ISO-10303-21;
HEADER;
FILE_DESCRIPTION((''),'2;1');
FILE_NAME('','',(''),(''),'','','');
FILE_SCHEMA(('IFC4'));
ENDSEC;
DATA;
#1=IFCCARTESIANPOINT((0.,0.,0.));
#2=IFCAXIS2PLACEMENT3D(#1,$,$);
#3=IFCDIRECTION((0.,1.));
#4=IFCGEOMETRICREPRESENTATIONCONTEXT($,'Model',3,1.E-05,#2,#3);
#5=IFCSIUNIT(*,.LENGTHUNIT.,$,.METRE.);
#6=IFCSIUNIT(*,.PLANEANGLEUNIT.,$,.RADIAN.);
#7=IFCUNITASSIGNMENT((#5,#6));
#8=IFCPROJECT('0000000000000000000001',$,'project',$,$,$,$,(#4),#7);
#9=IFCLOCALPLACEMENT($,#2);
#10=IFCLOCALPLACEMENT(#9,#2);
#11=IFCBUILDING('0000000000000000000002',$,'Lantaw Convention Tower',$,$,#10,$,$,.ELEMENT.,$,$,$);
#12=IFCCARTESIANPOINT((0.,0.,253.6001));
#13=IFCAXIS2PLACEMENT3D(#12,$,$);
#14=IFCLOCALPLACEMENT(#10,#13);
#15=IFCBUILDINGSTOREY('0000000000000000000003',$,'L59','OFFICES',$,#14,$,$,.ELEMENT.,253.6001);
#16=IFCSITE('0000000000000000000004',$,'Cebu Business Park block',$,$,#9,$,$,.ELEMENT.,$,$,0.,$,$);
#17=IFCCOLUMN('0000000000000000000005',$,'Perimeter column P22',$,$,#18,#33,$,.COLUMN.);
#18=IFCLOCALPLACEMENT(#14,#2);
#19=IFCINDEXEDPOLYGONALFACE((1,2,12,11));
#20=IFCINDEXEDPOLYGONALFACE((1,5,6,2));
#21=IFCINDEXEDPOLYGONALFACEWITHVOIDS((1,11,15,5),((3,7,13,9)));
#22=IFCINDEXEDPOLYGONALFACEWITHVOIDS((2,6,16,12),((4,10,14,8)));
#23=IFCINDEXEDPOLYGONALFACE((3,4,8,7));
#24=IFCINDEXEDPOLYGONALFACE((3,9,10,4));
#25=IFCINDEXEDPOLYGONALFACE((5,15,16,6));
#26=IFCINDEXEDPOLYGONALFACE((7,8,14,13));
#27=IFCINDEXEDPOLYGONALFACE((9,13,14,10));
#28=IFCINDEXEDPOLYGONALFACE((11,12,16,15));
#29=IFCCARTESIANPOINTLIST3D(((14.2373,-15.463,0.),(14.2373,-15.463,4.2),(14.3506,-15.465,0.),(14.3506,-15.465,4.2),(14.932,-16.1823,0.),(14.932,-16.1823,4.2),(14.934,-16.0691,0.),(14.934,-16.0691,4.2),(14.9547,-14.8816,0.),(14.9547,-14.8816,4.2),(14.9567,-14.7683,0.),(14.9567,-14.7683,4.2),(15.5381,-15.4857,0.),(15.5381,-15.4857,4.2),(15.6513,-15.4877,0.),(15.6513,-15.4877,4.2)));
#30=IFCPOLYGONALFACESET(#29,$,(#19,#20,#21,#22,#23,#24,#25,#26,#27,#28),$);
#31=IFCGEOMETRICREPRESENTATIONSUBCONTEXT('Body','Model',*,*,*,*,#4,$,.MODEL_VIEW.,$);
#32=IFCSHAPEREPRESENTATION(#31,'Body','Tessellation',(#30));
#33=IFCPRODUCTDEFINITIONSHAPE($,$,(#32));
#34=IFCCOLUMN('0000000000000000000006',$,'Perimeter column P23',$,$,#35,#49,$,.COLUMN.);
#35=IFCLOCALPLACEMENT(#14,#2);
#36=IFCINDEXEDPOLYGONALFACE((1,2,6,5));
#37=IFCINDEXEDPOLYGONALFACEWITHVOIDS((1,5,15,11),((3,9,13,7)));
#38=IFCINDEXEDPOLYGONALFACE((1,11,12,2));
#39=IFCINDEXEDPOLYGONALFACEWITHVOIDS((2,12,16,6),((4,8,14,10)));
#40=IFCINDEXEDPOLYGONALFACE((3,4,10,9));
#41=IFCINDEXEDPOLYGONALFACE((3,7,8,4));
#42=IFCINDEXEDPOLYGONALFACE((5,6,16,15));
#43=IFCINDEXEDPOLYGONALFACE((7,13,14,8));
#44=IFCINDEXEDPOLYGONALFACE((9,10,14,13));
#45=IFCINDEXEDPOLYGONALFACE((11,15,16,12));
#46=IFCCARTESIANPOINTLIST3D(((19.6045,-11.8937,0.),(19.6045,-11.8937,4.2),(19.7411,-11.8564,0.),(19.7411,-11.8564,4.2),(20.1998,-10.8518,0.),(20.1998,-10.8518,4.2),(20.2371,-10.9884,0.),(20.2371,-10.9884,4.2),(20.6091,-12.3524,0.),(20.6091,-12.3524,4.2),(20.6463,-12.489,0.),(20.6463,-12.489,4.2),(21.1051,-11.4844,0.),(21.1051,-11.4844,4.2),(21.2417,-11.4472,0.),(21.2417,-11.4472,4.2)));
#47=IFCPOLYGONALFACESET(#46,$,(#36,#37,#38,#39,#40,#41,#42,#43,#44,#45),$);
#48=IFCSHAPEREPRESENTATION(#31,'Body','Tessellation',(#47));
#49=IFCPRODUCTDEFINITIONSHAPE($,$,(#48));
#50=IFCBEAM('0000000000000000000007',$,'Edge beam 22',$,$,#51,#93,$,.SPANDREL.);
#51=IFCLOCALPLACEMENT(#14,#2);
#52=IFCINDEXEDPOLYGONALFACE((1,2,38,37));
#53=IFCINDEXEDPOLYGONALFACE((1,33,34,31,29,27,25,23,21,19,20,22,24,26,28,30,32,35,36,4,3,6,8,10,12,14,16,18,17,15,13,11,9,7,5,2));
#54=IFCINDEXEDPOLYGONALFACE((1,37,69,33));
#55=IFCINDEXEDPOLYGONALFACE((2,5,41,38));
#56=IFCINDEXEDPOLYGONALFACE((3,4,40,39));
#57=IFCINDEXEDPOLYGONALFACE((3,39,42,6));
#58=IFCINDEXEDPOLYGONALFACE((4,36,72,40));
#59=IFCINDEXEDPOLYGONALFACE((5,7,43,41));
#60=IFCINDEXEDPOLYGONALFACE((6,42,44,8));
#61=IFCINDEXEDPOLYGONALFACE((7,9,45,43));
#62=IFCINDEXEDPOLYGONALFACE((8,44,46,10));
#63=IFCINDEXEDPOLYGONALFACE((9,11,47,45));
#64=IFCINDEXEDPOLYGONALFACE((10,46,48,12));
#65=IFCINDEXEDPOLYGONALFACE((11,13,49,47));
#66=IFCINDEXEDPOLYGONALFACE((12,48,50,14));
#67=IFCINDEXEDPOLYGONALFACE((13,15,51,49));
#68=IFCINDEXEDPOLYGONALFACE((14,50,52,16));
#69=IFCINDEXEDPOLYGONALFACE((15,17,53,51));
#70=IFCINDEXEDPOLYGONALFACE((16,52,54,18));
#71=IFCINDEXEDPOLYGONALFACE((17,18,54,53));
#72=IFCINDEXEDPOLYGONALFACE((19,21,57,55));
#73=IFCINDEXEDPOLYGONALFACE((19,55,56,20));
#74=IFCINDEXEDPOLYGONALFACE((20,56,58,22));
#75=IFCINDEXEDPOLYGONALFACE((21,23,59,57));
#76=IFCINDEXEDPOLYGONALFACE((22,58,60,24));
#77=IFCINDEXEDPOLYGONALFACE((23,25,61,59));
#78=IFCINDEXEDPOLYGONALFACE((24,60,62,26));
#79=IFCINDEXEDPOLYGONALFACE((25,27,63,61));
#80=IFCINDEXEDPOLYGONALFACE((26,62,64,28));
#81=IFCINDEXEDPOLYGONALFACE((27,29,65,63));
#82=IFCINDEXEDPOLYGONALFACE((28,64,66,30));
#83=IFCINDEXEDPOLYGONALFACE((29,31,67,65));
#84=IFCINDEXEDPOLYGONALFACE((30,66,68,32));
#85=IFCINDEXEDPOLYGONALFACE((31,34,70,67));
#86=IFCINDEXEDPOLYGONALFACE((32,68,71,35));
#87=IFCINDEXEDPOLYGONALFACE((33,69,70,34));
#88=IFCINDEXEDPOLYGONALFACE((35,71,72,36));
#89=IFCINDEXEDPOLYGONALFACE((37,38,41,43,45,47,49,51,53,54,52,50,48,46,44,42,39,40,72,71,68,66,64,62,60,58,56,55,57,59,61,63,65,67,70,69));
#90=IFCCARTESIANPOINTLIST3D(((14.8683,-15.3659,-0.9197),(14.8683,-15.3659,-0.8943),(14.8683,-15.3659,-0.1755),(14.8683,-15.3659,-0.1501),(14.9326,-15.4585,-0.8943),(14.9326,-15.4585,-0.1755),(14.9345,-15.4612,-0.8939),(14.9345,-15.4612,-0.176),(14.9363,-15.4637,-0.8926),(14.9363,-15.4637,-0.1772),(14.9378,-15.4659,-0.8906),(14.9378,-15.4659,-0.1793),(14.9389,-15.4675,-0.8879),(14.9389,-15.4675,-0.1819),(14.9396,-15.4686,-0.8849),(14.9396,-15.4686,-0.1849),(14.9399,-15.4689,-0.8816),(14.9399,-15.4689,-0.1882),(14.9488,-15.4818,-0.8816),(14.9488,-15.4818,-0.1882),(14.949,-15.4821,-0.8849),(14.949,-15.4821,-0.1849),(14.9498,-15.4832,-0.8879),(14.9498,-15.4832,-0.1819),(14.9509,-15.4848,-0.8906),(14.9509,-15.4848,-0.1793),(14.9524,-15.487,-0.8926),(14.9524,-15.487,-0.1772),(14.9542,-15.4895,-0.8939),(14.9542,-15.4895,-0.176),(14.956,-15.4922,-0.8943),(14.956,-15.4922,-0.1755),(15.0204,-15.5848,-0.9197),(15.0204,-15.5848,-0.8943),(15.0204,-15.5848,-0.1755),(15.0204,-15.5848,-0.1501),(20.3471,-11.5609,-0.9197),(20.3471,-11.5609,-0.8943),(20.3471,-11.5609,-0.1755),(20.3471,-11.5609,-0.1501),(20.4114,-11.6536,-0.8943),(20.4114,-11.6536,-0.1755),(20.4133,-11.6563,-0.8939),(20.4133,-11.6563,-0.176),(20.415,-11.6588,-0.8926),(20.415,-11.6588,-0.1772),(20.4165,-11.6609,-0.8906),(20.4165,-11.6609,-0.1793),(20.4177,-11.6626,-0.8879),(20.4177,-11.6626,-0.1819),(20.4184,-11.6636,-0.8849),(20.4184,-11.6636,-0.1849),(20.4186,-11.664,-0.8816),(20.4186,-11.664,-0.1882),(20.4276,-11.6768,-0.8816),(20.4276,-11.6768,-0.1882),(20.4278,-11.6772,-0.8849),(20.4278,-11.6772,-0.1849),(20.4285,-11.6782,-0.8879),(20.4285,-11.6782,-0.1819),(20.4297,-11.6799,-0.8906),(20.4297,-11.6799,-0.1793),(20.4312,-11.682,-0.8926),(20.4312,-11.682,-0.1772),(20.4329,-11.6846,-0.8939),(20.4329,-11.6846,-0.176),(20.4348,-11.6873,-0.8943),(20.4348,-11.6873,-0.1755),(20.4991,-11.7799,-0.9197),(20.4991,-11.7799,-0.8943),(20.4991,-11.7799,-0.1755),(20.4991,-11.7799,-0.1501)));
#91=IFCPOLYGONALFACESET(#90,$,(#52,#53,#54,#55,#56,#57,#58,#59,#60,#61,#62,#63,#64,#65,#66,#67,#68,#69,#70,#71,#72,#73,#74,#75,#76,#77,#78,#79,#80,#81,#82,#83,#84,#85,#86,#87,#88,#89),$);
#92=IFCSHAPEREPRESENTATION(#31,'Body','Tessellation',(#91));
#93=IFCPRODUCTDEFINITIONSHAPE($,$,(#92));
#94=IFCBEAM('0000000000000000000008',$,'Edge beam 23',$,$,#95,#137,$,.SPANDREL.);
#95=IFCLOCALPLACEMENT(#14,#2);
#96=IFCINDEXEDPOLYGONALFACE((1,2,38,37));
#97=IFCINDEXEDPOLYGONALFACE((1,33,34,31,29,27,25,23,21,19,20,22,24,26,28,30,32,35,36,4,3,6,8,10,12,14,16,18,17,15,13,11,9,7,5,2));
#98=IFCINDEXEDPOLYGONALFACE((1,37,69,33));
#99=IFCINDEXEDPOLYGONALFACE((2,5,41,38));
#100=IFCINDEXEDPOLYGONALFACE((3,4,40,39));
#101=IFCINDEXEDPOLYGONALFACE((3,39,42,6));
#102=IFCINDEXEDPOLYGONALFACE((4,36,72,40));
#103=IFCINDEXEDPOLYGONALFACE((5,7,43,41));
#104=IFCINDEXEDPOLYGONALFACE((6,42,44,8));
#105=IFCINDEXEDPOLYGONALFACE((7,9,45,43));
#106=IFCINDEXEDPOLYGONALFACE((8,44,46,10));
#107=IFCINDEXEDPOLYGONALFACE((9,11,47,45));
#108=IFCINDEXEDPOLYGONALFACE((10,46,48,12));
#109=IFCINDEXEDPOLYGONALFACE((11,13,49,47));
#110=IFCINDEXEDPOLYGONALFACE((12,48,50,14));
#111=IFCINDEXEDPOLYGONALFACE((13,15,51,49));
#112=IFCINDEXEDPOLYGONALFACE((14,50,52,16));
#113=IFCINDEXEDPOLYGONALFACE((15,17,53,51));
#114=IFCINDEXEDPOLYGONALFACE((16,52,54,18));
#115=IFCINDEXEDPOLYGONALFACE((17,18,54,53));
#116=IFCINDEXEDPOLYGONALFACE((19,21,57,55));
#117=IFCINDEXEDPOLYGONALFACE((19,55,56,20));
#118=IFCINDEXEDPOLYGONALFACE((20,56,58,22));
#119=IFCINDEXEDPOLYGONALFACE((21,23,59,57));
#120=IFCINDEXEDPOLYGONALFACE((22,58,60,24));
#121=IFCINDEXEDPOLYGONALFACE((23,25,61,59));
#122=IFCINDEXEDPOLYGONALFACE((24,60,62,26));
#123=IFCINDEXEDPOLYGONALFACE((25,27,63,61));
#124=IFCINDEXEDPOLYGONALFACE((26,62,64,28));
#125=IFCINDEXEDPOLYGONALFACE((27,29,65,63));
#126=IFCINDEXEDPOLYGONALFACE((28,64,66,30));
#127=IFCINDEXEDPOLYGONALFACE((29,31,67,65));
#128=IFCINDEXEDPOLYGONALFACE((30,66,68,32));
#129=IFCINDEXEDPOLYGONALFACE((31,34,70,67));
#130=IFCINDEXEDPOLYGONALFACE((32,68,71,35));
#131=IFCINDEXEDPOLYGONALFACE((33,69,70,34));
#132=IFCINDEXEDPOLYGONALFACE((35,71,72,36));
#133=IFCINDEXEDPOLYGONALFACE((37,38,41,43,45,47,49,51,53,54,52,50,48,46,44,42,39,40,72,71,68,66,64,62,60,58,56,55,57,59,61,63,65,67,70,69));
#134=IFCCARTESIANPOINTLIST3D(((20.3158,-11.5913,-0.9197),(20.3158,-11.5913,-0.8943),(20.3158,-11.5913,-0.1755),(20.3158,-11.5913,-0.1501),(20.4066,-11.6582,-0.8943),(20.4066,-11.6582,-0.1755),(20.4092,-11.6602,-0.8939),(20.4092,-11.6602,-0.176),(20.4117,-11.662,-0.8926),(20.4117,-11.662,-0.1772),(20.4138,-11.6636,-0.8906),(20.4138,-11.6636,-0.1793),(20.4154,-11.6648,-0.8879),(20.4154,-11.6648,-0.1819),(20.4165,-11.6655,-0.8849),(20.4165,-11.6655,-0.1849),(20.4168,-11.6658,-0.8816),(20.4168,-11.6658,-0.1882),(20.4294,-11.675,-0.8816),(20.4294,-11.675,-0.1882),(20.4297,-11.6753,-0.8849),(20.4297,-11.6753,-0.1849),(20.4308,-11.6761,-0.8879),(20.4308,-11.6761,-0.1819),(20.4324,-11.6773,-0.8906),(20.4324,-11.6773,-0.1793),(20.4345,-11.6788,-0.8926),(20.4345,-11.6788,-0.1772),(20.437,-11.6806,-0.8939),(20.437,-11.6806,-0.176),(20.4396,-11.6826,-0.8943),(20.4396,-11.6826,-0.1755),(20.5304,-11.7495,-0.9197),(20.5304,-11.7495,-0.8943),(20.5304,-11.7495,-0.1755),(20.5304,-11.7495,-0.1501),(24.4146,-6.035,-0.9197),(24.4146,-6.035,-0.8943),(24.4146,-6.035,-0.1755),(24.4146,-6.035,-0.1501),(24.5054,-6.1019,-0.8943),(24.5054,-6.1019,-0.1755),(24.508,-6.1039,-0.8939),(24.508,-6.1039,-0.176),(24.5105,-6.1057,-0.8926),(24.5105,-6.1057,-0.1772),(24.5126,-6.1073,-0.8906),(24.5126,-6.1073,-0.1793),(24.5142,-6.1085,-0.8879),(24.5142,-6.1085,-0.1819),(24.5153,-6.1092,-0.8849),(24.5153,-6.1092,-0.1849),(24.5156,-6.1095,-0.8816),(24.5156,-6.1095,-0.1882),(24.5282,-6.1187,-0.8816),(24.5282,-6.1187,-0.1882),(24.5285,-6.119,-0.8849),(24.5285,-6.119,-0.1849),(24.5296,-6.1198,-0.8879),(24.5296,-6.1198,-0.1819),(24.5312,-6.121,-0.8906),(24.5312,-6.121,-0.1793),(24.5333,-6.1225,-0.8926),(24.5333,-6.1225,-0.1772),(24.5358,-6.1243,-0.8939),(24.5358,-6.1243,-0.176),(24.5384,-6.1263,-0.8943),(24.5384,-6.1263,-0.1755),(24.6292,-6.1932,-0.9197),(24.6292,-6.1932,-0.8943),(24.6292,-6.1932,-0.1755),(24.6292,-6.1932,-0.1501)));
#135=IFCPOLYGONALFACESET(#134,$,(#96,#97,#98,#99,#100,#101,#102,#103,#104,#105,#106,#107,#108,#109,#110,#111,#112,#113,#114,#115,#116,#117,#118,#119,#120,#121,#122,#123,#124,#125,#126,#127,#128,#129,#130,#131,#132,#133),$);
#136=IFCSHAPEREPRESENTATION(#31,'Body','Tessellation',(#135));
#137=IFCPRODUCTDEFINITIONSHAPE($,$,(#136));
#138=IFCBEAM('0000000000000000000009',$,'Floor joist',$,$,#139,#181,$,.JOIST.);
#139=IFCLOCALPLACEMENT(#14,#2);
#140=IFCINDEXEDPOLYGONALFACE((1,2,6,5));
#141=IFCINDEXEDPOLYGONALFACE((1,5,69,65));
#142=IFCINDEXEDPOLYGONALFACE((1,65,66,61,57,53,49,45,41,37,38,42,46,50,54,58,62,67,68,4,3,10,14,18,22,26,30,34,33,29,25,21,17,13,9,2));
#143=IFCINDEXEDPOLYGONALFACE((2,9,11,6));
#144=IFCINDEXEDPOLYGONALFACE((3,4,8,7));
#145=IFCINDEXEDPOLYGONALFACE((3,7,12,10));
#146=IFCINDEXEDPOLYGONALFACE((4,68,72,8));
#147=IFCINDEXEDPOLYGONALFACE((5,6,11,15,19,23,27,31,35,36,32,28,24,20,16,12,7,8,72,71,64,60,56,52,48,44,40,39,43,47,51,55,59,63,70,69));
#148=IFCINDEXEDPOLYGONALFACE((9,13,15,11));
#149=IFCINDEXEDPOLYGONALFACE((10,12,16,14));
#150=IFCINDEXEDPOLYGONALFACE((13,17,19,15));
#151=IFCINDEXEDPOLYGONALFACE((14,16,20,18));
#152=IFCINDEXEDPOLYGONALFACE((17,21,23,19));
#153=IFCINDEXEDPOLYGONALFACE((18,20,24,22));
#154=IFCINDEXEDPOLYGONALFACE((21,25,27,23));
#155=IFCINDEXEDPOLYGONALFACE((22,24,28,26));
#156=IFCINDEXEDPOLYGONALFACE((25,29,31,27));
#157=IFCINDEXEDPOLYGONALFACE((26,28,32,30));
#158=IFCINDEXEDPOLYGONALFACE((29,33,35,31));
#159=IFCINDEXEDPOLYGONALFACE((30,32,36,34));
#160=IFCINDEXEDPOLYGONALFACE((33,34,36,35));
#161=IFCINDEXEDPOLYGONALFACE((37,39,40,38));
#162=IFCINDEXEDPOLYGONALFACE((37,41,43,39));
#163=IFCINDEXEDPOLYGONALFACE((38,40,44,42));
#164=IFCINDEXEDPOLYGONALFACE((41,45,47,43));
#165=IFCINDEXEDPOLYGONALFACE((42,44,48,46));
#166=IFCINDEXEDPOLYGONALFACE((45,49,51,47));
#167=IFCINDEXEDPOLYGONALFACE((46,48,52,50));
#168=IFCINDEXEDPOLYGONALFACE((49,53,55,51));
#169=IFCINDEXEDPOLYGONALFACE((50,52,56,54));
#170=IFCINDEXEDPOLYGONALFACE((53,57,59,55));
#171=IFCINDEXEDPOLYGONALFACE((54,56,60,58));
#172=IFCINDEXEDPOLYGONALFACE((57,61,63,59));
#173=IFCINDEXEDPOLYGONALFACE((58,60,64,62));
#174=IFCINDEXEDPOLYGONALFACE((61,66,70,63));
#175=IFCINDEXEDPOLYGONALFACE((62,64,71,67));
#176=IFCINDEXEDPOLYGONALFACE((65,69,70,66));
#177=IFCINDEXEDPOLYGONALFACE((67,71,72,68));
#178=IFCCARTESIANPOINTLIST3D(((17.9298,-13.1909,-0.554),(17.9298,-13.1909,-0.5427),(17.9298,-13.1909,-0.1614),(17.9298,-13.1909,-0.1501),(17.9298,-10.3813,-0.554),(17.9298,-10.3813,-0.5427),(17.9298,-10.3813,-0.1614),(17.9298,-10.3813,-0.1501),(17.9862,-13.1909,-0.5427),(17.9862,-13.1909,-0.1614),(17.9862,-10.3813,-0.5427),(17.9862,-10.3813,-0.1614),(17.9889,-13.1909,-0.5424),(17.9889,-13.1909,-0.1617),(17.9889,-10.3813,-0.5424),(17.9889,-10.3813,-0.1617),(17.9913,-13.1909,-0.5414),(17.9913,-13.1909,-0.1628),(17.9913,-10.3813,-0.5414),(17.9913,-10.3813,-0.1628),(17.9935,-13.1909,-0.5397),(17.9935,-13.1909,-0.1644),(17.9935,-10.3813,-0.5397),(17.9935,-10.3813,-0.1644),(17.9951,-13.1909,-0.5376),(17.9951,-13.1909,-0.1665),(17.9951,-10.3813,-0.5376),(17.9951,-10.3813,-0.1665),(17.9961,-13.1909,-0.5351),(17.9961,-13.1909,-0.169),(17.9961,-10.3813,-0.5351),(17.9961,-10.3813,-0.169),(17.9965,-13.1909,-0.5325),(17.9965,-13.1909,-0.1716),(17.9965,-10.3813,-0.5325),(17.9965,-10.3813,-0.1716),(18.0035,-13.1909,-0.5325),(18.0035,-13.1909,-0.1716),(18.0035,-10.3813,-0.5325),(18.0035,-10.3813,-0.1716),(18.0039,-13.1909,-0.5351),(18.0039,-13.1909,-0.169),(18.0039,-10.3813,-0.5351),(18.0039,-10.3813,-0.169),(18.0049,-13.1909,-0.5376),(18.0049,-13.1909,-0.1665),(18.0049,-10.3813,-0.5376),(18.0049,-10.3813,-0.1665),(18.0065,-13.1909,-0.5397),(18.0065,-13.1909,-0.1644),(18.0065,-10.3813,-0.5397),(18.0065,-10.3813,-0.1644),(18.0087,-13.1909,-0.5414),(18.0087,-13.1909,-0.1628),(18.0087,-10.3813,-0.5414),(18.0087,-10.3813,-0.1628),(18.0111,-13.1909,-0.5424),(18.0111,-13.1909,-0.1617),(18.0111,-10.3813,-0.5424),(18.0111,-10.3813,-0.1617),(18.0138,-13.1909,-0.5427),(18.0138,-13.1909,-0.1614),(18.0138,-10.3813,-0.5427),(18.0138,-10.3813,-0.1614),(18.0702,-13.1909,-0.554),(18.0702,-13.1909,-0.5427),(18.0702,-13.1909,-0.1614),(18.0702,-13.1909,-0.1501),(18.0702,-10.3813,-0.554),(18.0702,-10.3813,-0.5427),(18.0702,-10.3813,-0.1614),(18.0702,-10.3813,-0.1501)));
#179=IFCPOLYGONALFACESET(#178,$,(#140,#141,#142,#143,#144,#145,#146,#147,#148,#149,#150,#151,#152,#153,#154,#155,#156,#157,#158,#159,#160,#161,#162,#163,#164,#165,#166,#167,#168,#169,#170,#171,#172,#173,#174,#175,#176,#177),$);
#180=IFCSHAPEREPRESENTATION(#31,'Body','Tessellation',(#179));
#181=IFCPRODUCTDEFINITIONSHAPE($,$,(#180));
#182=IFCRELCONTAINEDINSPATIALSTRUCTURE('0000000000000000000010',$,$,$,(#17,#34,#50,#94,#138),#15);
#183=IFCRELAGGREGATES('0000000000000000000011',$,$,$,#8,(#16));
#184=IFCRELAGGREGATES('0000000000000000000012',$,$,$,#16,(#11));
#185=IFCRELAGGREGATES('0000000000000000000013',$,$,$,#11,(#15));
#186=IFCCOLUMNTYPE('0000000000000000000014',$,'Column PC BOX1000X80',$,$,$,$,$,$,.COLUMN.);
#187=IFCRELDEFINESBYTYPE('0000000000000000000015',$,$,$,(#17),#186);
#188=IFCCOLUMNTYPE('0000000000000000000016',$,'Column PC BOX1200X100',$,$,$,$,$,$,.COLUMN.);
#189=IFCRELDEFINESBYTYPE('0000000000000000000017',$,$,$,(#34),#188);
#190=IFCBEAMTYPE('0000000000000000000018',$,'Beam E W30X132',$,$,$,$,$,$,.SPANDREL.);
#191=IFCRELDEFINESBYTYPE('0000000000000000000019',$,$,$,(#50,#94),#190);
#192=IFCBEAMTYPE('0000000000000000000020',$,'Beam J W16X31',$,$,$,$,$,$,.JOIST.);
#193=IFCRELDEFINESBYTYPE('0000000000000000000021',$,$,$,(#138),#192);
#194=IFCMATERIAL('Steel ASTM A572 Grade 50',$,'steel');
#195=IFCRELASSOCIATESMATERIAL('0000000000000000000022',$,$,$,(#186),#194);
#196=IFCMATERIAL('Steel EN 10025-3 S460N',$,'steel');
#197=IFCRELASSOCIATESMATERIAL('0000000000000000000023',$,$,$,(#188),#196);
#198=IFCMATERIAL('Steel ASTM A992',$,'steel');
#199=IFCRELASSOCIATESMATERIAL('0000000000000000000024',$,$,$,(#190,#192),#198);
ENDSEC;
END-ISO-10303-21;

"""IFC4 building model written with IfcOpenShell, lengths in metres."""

from ifc_helpers import new_model, si_unit, direction, frame, origin, origin_2d, place, context, subcontext, project, spatial, rectangle, hollow_rectangle, i_section, extrude, material, material_profile, profile_set, type_object, element, save


model = new_model("IFC4")

# Units and contexts
model_context = context("Model", 3, precision=1e-05, world=origin(), true_north=direction((0.0, 1.0)))
body_context = subcontext(model_context, "Body", "Model", "MODEL_VIEW")
ifc_project = project(units=[si_unit("LENGTHUNIT", "METRE"), si_unit("PLANEANGLEUNIT", "RADIAN")], contexts=[model_context])

# Site, building, storey
site_placement = place(None, origin())
site = spatial("IfcSite", under=ifc_project, at=site_placement, Name="Cebu Business Park block", CompositionType="ELEMENT", RefElevation=0.0)
building_placement = place(site_placement, origin())
building = spatial("IfcBuilding", under=site, at=building_placement, Name="Lantaw Convention Tower", CompositionType="ELEMENT")
storey_placement = place(building_placement, frame((0.0, 0.0, 253.6001)))
storey = spatial("IfcBuildingStorey", under=building, at=storey_placement, Name="L59", Description="OFFICES", CompositionType="ELEMENT", Elevation=253.6001)

# Columns
ifc_material_1 = material(Name="Steel ASTM A572 Grade 50", Category="steel")
ifc_material_profile_1 = material_profile(ifc_material_1, hollow_rectangle(XDim=1.0, YDim=1.0, WallThickness=0.0801, at=origin_2d()), Name="BOX1000X80")
ifc_material_2 = material(Name="Concrete C60/75", Category="concrete")
ifc_material_profile_2 = material_profile(ifc_material_2, rectangle(XDim=0.8401, YDim=0.8401, at=origin_2d()), Name="Concrete fill of BOX1000X80")
ifc_profile_set_1 = profile_set([ifc_material_profile_1, ifc_material_profile_2], Name="Steel ASTM A572 Grade 50")
column_type_1 = type_object("IfcColumnType", Name="Column PC BOX1000X80", PredefinedType="COLUMN", material=ifc_profile_set_1)
column_1_placement = place(storey_placement, frame((14.9443, -15.4753, 0.0), z_axis=(0.0, 0.0, 1.0), x_axis=(0.71934, 0.694658, 0.0)))
element("IfcColumn", 1, at=column_1_placement, inside=storey, type_object=column_type_1, Name="Perimeter column P22", PredefinedType="COLUMN", context=body_context, shape_type="SweptSolid", body=[
    extrude(hollow_rectangle(XDim=1.0, YDim=1.0, WallThickness=0.0801, at=origin_2d()), origin(), (0.0, 0.0, 1.0), 4.2),
])
ifc_material_3 = material(Name="Steel EN 10025-3 S460N", Category="steel")
ifc_material_profile_3 = material_profile(ifc_material_3, hollow_rectangle(XDim=1.2, YDim=1.2, WallThickness=0.1001, at=origin_2d()), Name="BOX1200X100")
ifc_material_profile_4 = material_profile(ifc_material_2, rectangle(XDim=1.0, YDim=1.0, at=origin_2d()), Name="Concrete fill of BOX1200X100")
ifc_profile_set_2 = profile_set([ifc_material_profile_3, ifc_material_profile_4], Name="Steel EN 10025-3 S460N")
column_type_2 = type_object("IfcColumnType", Name="Column PC BOX1200X100", PredefinedType="COLUMN", material=ifc_profile_set_2)
column_2_placement = place(storey_placement, frame((20.4231, -11.6704, 0.0), z_axis=(0.0, 0.0, 1.0), x_axis=(0.496139, 0.868243, 0.0)))
element("IfcColumn", 2, at=column_2_placement, inside=storey, type_object=column_type_2, Name="Perimeter column P23", PredefinedType="COLUMN", context=body_context, shape_type="SweptSolid", body=[
    extrude(hollow_rectangle(XDim=1.2, YDim=1.2, WallThickness=0.1001, at=origin_2d()), origin(), (0.0, 0.0, 1.0), 4.2),
])

# Beams
ifc_material_4 = material(Name="Steel ASTM A992", Category="steel")
ifc_material_profile_5 = material_profile(ifc_material_4, i_section(OverallWidth=0.2666, OverallDepth=0.7695, WebThickness=0.0156, FlangeThickness=0.0254, FilletRadius=0.0127, at=origin_2d()), Name="W30X132")
ifc_profile_set_3 = profile_set([ifc_material_profile_5], Name="Steel ASTM A992")
beam_type_1 = type_object("IfcBeamType", Name="Beam E W30X132", PredefinedType="SPANDREL", material=ifc_profile_set_3)
beam_1_placement = place(storey_placement, frame((14.9443, -15.4753, -0.5349), z_axis=(0.821353, 0.57042, 0.0), x_axis=(-0.57042, 0.821353, 0.0)))
element("IfcBeam", 3, at=beam_1_placement, inside=storey, type_object=beam_type_1, Name="Edge beam 22", PredefinedType="SPANDREL", context=body_context, shape_type="SweptSolid", body=[
    extrude(i_section(OverallWidth=0.2666, OverallDepth=0.7695, WebThickness=0.0156, FlangeThickness=0.0254, FilletRadius=0.0127, at=origin_2d()), origin(), (0.0, 0.0, 1.0), 6.6704),
])
beam_2_placement = place(storey_placement, frame((20.4231, -11.6704, -0.5349), z_axis=(0.593639, 0.804731, 0.0), x_axis=(-0.804731, 0.593639, 0.0)))
element("IfcBeam", 4, at=beam_2_placement, inside=storey, type_object=beam_type_1, Name="Edge beam 23", PredefinedType="SPANDREL", context=body_context, shape_type="SweptSolid", body=[
    extrude(i_section(OverallWidth=0.2666, OverallDepth=0.7695, WebThickness=0.0156, FlangeThickness=0.0254, FilletRadius=0.0127, at=origin_2d()), origin(), (0.0, 0.0, 1.0), 6.9045),
])
ifc_material_profile_6 = material_profile(ifc_material_4, i_section(OverallWidth=0.1404, OverallDepth=0.4038, WebThickness=0.0071, FlangeThickness=0.0112, FilletRadius=0.0103, at=origin_2d()), Name="W16X31")
ifc_profile_set_4 = profile_set([ifc_material_profile_6], Name="Steel ASTM A992")
beam_type_2 = type_object("IfcBeamType", Name="Beam J W16X31", PredefinedType="JOIST", material=ifc_profile_set_4)
beam_3_placement = place(storey_placement, frame((18.0, -13.1909, -0.3521), z_axis=(0.0, 1.0, 0.0), x_axis=(-1.0, 0.0, 0.0)))
element("IfcBeam", 5, at=beam_3_placement, inside=storey, type_object=beam_type_2, Name="Floor joist", PredefinedType="JOIST", context=body_context, shape_type="SweptSolid", body=[
    extrude(i_section(OverallWidth=0.1404, OverallDepth=0.4038, WebThickness=0.0071, FlangeThickness=0.0112, FilletRadius=0.0103, at=origin_2d()), origin(), (0.0, 0.0, 1.0), 2.8096),
])

save(model, "model.ifc")
